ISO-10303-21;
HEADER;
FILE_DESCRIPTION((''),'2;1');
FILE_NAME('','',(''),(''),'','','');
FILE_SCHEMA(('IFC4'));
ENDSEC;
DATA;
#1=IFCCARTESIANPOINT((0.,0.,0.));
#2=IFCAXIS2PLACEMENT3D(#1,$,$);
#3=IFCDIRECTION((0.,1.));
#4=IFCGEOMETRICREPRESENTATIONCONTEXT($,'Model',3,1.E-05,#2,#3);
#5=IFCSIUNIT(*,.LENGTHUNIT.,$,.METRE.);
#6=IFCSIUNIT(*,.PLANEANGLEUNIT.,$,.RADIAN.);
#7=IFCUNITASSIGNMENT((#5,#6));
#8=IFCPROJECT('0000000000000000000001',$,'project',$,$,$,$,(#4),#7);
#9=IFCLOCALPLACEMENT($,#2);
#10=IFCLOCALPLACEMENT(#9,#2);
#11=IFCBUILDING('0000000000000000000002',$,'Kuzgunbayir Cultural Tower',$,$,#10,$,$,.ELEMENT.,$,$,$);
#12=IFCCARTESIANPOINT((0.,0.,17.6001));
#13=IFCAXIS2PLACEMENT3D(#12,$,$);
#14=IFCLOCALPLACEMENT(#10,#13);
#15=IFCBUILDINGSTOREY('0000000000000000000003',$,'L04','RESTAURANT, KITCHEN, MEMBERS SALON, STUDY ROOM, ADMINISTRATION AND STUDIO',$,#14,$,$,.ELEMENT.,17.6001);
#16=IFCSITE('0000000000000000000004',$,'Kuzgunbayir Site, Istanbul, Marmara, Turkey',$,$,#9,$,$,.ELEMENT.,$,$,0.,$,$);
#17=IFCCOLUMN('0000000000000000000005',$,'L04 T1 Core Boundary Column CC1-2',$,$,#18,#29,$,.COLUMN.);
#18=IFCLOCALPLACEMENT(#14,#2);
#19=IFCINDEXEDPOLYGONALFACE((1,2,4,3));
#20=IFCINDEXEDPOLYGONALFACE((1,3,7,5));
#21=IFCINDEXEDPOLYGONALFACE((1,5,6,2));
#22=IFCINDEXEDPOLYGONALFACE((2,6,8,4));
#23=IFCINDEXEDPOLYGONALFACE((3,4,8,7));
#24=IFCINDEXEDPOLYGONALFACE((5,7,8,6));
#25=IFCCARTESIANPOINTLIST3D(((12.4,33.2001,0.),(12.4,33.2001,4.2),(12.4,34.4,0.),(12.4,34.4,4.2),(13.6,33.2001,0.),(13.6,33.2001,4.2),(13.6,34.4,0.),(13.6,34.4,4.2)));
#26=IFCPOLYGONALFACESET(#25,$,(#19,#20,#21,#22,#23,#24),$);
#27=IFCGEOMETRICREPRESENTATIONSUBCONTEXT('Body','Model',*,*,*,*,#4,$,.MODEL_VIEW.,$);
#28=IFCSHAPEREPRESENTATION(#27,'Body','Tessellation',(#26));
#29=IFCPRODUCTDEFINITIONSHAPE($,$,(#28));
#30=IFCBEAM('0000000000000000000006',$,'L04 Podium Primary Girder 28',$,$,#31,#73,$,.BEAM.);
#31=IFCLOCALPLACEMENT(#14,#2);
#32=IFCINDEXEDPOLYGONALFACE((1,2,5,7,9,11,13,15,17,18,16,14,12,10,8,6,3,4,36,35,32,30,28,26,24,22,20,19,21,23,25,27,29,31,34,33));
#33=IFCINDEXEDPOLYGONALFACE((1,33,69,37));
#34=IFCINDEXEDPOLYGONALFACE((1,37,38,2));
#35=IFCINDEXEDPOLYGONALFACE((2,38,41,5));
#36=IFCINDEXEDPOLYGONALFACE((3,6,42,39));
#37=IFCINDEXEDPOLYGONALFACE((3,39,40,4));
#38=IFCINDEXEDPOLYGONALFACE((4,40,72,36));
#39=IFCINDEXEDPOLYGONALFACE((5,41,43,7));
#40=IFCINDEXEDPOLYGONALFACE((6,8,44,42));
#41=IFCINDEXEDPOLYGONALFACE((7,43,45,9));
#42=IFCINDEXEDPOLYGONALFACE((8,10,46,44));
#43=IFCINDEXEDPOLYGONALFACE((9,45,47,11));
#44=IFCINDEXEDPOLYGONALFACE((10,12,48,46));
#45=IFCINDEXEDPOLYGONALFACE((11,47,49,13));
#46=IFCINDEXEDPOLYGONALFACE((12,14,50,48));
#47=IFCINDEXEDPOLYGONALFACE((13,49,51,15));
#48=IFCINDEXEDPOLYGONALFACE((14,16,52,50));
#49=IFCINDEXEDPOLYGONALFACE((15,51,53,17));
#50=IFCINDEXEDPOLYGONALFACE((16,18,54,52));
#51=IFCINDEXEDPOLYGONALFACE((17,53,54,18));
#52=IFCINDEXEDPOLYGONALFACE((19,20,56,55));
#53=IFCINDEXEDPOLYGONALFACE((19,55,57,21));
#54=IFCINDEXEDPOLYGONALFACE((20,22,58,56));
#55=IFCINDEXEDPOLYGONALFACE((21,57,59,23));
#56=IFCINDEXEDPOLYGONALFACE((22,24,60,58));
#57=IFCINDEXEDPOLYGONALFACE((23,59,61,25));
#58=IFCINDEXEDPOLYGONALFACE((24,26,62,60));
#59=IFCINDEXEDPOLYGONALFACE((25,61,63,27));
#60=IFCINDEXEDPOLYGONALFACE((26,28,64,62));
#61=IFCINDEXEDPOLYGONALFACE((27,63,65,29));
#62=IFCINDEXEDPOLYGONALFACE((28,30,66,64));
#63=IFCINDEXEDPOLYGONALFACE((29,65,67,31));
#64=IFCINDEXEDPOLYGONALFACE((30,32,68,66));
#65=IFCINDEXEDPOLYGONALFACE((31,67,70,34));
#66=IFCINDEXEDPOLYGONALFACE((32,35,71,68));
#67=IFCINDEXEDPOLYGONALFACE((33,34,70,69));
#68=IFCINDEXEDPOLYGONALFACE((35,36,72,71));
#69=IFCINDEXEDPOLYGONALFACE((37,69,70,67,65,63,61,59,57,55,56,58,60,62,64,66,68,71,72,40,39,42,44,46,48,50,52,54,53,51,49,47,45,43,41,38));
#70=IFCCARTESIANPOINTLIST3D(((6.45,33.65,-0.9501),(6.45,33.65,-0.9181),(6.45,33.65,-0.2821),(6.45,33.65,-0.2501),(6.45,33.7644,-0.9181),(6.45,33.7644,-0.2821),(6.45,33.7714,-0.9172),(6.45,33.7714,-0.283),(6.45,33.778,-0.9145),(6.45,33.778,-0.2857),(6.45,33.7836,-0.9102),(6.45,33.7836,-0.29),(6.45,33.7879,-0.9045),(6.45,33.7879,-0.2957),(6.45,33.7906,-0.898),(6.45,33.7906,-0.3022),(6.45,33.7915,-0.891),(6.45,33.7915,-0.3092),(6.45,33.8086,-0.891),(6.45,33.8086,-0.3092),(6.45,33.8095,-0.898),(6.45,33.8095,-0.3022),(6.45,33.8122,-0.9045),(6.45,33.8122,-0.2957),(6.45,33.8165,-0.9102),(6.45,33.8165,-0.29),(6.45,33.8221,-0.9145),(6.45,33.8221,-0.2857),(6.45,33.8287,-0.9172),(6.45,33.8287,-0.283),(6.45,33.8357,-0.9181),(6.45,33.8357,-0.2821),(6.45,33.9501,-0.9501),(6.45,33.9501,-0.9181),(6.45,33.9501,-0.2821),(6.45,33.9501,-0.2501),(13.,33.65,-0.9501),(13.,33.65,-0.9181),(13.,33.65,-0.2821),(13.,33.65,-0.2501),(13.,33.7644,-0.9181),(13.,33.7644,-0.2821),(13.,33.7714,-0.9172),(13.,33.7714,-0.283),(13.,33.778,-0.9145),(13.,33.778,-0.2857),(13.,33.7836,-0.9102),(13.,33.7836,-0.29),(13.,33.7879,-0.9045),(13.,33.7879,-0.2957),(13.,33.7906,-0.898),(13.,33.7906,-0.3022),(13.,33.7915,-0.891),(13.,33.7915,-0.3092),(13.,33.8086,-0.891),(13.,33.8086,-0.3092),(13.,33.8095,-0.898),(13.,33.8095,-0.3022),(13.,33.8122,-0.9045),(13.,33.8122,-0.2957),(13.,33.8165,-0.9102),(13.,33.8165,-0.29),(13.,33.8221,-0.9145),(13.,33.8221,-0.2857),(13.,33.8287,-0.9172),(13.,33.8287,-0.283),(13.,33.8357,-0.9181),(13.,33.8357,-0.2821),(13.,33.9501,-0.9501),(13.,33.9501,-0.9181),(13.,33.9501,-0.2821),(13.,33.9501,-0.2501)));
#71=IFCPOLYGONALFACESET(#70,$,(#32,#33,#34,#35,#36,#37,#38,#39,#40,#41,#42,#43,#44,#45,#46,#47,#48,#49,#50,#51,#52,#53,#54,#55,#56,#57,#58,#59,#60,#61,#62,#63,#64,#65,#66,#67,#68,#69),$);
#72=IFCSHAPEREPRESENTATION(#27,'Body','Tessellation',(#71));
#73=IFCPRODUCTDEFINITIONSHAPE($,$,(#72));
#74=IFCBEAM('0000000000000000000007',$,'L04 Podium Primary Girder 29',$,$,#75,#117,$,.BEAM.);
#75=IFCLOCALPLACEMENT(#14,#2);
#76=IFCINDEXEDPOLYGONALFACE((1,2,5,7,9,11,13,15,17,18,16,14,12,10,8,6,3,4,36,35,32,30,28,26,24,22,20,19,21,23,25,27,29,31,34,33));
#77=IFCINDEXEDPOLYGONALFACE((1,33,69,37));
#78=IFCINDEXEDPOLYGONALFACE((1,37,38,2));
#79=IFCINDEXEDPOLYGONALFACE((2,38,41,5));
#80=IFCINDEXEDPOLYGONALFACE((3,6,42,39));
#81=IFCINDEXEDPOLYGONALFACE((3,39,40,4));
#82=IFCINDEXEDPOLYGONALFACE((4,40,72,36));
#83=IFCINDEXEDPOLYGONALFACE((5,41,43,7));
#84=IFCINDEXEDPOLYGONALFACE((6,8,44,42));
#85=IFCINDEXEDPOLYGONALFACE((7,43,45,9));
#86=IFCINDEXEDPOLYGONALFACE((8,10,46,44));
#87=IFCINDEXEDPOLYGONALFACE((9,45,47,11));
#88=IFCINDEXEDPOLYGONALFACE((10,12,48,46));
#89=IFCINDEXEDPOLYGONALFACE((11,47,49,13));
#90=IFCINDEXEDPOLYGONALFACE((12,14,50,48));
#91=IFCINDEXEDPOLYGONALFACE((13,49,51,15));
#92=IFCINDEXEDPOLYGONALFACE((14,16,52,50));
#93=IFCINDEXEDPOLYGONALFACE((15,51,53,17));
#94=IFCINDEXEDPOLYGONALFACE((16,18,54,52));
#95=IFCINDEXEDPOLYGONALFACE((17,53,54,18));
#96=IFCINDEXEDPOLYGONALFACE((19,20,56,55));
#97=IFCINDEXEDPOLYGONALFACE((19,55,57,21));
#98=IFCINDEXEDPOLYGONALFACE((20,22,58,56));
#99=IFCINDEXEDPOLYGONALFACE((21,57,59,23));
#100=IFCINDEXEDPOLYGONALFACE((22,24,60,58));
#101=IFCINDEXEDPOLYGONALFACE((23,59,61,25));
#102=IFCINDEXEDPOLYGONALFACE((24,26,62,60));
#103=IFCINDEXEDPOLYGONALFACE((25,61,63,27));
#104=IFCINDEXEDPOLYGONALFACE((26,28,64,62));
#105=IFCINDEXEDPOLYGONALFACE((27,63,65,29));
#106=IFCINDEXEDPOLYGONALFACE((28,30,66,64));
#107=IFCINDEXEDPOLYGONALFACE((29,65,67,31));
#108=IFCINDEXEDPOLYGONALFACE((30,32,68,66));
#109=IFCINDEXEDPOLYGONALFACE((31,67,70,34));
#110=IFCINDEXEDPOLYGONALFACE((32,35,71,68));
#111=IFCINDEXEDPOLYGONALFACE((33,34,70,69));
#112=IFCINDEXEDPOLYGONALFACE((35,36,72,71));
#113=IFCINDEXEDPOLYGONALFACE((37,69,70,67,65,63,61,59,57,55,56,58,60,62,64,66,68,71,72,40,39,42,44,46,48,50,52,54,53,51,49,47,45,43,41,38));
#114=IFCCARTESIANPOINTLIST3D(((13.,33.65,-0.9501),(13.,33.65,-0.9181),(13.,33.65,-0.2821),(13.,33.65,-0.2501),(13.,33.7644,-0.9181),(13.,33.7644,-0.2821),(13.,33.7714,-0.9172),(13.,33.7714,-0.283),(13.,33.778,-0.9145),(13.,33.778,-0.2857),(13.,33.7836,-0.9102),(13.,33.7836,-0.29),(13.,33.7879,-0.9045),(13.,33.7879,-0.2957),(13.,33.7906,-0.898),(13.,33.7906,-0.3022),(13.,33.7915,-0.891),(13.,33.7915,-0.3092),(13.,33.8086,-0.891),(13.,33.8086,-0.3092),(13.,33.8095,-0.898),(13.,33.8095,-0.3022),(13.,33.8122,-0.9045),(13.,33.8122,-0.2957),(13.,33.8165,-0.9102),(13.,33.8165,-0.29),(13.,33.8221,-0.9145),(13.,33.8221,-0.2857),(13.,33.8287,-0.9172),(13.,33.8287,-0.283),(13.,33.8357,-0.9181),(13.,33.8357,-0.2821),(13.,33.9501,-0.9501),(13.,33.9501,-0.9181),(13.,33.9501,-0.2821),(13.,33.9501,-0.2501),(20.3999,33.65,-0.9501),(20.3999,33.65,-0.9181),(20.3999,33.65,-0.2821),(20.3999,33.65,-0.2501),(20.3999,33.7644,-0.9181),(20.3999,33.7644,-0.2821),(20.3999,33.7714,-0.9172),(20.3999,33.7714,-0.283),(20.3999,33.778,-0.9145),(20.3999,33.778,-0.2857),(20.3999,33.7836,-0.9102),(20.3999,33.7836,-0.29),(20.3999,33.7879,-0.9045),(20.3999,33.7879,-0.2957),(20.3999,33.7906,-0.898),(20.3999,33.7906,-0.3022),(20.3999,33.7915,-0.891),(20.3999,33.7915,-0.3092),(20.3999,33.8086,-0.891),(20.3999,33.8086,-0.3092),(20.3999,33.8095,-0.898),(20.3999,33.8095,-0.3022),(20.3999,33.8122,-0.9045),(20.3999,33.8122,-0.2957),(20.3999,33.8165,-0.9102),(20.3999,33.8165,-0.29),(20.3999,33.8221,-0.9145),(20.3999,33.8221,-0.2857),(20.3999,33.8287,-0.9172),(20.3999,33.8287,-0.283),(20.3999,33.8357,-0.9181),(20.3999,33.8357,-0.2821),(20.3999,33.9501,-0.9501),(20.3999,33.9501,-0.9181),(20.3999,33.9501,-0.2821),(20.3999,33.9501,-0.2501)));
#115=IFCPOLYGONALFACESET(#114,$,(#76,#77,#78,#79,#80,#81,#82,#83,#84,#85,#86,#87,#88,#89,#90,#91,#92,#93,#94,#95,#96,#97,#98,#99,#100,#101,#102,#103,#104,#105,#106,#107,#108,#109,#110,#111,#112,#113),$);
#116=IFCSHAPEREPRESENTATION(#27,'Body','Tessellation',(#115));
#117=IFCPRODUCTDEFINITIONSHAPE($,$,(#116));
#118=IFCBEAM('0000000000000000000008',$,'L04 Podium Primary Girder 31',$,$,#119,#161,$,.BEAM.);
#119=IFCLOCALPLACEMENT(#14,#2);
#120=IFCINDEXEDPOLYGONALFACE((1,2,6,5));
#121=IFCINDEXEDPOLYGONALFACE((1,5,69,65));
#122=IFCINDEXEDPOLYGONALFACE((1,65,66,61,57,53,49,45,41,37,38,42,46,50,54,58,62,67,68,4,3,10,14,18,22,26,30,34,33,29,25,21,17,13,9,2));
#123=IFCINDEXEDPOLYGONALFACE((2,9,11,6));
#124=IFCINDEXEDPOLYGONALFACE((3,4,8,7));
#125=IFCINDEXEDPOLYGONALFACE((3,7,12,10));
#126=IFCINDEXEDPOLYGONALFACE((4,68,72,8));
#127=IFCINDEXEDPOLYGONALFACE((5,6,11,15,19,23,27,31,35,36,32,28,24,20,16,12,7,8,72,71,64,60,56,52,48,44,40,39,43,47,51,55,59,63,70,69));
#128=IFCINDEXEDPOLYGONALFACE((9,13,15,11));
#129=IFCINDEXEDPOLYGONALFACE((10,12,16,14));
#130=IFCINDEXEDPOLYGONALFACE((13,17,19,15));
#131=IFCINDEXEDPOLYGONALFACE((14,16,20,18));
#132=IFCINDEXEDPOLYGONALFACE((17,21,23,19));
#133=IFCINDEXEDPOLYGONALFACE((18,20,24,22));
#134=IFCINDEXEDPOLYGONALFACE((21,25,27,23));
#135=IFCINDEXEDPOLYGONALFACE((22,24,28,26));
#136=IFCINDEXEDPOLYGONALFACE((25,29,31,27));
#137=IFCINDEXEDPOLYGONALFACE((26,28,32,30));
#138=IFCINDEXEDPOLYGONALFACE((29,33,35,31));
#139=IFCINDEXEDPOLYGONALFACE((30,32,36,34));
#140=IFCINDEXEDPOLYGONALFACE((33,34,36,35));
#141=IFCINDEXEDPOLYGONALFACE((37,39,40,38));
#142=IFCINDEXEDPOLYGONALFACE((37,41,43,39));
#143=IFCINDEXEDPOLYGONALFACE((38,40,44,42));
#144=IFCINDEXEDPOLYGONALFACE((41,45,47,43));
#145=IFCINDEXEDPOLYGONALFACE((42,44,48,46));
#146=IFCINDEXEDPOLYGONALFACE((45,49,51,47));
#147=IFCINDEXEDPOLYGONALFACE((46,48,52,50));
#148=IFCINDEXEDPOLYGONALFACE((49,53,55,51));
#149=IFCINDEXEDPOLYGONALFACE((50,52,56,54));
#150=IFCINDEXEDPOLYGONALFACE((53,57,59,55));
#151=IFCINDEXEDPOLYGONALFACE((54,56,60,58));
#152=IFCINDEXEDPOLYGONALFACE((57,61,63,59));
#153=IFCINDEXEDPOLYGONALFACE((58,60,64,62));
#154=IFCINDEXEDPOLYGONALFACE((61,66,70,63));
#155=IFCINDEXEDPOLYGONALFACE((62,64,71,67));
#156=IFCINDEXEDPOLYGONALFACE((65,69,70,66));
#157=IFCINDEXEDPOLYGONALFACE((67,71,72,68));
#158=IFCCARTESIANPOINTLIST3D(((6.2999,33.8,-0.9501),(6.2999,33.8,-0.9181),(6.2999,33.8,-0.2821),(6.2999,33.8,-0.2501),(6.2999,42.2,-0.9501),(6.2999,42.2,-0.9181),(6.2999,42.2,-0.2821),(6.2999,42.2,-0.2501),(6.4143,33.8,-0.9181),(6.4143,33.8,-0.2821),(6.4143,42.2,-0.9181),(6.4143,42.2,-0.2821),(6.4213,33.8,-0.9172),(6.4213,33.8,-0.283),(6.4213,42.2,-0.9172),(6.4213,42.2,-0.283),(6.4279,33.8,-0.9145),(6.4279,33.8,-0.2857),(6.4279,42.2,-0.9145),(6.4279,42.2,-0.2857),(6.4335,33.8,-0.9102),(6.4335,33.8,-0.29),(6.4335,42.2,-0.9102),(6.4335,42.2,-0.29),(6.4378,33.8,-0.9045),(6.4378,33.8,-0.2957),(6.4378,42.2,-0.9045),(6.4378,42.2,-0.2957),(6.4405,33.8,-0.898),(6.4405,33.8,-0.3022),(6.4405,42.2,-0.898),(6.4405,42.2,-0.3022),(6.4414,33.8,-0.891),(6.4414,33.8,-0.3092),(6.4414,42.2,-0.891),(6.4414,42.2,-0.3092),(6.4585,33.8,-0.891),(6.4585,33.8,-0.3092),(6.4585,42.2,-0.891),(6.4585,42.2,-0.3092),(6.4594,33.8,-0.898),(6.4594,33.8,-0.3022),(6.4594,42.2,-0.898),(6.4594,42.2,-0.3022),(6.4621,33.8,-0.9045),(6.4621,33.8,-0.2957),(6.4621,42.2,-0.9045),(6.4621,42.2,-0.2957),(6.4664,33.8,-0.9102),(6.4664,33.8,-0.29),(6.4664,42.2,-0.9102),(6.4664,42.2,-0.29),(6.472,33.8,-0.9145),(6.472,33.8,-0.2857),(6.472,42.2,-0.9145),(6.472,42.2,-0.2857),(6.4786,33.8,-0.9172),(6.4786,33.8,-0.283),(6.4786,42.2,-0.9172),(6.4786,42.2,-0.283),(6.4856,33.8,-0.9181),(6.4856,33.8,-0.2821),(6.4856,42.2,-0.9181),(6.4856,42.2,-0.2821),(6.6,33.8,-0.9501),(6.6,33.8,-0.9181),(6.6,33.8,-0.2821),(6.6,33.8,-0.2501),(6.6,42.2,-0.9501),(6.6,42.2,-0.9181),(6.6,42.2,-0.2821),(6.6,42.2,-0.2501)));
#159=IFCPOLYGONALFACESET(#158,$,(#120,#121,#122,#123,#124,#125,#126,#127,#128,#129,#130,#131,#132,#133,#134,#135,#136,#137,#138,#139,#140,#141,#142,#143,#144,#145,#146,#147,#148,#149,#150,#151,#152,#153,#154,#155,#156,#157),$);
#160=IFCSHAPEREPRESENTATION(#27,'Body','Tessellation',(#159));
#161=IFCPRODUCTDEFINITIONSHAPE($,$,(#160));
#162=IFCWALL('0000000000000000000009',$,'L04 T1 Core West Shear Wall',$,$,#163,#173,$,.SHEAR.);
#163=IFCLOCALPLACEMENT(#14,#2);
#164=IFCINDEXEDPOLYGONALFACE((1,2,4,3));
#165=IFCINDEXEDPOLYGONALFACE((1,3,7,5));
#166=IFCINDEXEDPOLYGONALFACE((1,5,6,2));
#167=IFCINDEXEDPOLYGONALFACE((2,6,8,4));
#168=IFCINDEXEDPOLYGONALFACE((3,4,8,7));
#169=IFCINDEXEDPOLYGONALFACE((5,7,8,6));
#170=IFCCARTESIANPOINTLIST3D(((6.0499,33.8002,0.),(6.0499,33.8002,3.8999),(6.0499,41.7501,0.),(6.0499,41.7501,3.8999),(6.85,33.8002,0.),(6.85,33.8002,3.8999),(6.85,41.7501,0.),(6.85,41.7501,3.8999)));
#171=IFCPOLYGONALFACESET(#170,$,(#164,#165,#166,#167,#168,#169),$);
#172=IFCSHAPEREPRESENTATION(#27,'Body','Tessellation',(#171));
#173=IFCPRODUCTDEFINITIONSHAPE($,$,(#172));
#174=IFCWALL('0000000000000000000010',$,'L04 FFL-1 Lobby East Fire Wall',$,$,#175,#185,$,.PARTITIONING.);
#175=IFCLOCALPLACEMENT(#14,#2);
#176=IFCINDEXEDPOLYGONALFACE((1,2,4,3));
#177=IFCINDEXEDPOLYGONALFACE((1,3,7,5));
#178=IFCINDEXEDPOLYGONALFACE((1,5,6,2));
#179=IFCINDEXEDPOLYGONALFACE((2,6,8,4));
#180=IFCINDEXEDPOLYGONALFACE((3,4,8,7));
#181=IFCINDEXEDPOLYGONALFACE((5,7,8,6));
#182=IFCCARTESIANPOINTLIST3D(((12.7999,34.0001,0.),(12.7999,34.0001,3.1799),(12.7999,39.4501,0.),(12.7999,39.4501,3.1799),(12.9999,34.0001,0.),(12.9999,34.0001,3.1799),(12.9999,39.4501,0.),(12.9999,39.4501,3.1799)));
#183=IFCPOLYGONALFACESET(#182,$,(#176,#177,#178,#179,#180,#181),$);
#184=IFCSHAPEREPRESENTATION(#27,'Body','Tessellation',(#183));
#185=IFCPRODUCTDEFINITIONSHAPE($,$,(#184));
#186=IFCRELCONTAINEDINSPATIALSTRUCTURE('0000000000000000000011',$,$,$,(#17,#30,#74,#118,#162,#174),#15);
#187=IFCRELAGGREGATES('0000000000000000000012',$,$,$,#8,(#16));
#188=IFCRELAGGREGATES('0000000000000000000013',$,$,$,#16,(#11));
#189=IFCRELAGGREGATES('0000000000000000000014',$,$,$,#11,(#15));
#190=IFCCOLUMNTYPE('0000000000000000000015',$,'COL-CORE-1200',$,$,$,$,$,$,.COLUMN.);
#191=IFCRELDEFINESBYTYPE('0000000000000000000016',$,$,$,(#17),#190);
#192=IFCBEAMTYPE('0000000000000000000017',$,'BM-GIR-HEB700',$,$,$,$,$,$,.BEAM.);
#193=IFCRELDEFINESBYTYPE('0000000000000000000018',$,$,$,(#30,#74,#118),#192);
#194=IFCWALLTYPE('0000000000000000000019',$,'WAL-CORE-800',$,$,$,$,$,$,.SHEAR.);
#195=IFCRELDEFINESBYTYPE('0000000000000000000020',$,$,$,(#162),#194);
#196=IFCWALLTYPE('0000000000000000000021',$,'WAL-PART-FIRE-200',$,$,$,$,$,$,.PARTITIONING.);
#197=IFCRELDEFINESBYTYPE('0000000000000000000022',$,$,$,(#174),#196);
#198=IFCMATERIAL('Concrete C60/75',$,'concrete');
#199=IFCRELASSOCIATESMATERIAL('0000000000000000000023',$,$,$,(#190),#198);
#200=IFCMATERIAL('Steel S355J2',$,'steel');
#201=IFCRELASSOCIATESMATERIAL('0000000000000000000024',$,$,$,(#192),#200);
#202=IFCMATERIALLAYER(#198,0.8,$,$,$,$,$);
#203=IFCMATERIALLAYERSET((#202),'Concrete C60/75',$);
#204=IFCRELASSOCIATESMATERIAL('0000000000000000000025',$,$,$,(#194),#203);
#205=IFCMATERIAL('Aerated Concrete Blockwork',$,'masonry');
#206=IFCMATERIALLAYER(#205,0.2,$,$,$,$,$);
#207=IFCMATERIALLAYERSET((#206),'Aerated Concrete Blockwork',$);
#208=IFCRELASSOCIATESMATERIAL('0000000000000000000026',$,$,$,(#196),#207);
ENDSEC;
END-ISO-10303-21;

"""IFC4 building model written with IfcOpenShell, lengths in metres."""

from ifc_helpers import new_model, si_unit, direction, frame, frame_2d, origin, origin_2d, place, context, subcontext, project, spatial, rectangle, i_section, extrude, material, layer, layer_set, material_profile, profile_set, type_object, element, save


model = new_model("IFC4")

# Units and contexts
model_context = context("Model", 3, precision=1e-05, world=origin(), true_north=direction((0.0, 1.0)))
body_context = subcontext(model_context, "Body", "Model", "MODEL_VIEW")
ifc_project = project(units=[si_unit("LENGTHUNIT", "METRE"), si_unit("PLANEANGLEUNIT", "RADIAN")], contexts=[model_context])

# Site, building, storey
site_placement = place(None, origin())
site = spatial("IfcSite", under=ifc_project, at=site_placement, Name="Kuzgunbayir Site, Istanbul, Marmara, Turkey", CompositionType="ELEMENT", RefElevation=0.0)
building_placement = place(site_placement, origin())
building = spatial("IfcBuilding", under=site, at=building_placement, Name="Kuzgunbayir Cultural Tower", CompositionType="ELEMENT")
storey_placement = place(building_placement, frame((0.0, 0.0, 17.6001)))
storey = spatial("IfcBuildingStorey", under=building, at=storey_placement, Name="L04", Description="RESTAURANT, KITCHEN, MEMBERS SALON, STUDY ROOM, ADMINISTRATION AND STUDIO", CompositionType="ELEMENT", Elevation=17.6001)

# Column
ifc_material_1 = material(Name="Concrete C60/75", Category="concrete")
ifc_material_profile_1 = material_profile(ifc_material_1, rectangle(XDim=1.2, YDim=1.2, at=origin_2d()), Name="RC 1200x1200")
ifc_profile_set_1 = profile_set([ifc_material_profile_1], Name="Concrete C60/75")
column_type = type_object("IfcColumnType", Name="COL-CORE-1200", PredefinedType="COLUMN", material=ifc_profile_set_1)
column_placement = place(storey_placement, frame((13.0, 33.8, 0.0), z_axis=(0.0, 0.0, 1.0), x_axis=(1.0, 0.0, 0.0)))
element("IfcColumn", 1, at=column_placement, inside=storey, type_object=column_type, Name="L04 T1 Core Boundary Column CC1-2", PredefinedType="COLUMN", context=body_context, shape_type="SweptSolid", body=[
    extrude(rectangle(XDim=1.2, YDim=1.2, at=origin_2d()), origin(), (0.0, 0.0, 1.0), 4.2),
])

# Beams
ifc_material_2 = material(Name="Steel S355J2", Category="steel")
ifc_material_profile_2 = material_profile(ifc_material_2, i_section(OverallWidth=0.3, OverallDepth=0.7, WebThickness=0.0171, FlangeThickness=0.032, FilletRadius=0.0271, at=origin_2d()), Name="HEB 700")
ifc_profile_set_2 = profile_set([ifc_material_profile_2], Name="Steel S355J2")
beam_type = type_object("IfcBeamType", Name="BM-GIR-HEB700", PredefinedType="BEAM", material=ifc_profile_set_2)
beam_1_placement = place(storey_placement, frame((6.45, 33.8, -0.6001), z_axis=(1.0, 0.0, 0.0), x_axis=(0.0, 1.0, 0.0)))
element("IfcBeam", 2, at=beam_1_placement, inside=storey, type_object=beam_type, Name="L04 Podium Primary Girder 28", PredefinedType="BEAM", context=body_context, shape_type="SweptSolid", body=[
    extrude(i_section(OverallWidth=0.3, OverallDepth=0.7, WebThickness=0.0171, FlangeThickness=0.032, FilletRadius=0.0271, at=origin_2d()), origin(), (0.0, 0.0, 1.0), 6.55),
])
beam_2_placement = place(storey_placement, frame((13.0, 33.8, -0.6001), z_axis=(1.0, 0.0, 0.0), x_axis=(0.0, 1.0, 0.0)))
element("IfcBeam", 3, at=beam_2_placement, inside=storey, type_object=beam_type, Name="L04 Podium Primary Girder 29", PredefinedType="BEAM", context=body_context, shape_type="SweptSolid", body=[
    extrude(i_section(OverallWidth=0.3, OverallDepth=0.7, WebThickness=0.0171, FlangeThickness=0.032, FilletRadius=0.0271, at=origin_2d()), origin(), (0.0, 0.0, 1.0), 7.3999),
])
beam_3_placement = place(storey_placement, frame((6.45, 33.8, -0.6001), z_axis=(0.0, 1.0, 0.0), x_axis=(-1.0, 0.0, 0.0)))
element("IfcBeam", 4, at=beam_3_placement, inside=storey, type_object=beam_type, Name="L04 Podium Primary Girder 31", PredefinedType="BEAM", context=body_context, shape_type="SweptSolid", body=[
    extrude(i_section(OverallWidth=0.3, OverallDepth=0.7, WebThickness=0.0171, FlangeThickness=0.032, FilletRadius=0.0271, at=origin_2d()), origin(), (0.0, 0.0, 1.0), 8.3999),
])

# Walls
ifc_layer_1 = layer(ifc_material_1, 0.8)
ifc_layer_set_1 = layer_set([ifc_layer_1], Name="Concrete C60/75")
wall_type_1 = type_object("IfcWallType", Name="WAL-CORE-800", PredefinedType="SHEAR", material=ifc_layer_set_1)
wall_1_placement = place(storey_placement, frame((6.45, 33.8, 0.0), z_axis=(0.0, 0.0, 1.0), x_axis=(0.0, 1.0, 0.0)))
element("IfcWall", 5, at=wall_1_placement, inside=storey, type_object=wall_type_1, Name="L04 T1 Core West Shear Wall", PredefinedType="SHEAR", context=body_context, shape_type="SweptSolid", body=[
    extrude(rectangle(XDim=7.95, YDim=0.8, at=frame_2d((3.9751, 0.0))), origin(), (0.0, 0.0, 1.0), 3.8999),
])
ifc_material_3 = material(Name="Aerated Concrete Blockwork", Category="masonry")
ifc_layer_2 = layer(ifc_material_3, 0.2)
ifc_layer_set_2 = layer_set([ifc_layer_2], Name="Aerated Concrete Blockwork")
wall_type_2 = type_object("IfcWallType", Name="WAL-PART-FIRE-200", PredefinedType="PARTITIONING", material=ifc_layer_set_2)
wall_2_placement = place(storey_placement, frame((12.8999, 34.0, 0.0), z_axis=(0.0, 0.0, 1.0), x_axis=(0.0, 1.0, 0.0)))
element("IfcWall", 6, at=wall_2_placement, inside=storey, type_object=wall_type_2, Name="L04 FFL-1 Lobby East Fire Wall", PredefinedType="PARTITIONING", context=body_context, shape_type="SweptSolid", body=[
    extrude(rectangle(XDim=5.45, YDim=0.2, at=frame_2d((2.7251, 0.0))), origin(), (0.0, 0.0, 1.0), 3.1799),
])

save(model, "model.ifc")
